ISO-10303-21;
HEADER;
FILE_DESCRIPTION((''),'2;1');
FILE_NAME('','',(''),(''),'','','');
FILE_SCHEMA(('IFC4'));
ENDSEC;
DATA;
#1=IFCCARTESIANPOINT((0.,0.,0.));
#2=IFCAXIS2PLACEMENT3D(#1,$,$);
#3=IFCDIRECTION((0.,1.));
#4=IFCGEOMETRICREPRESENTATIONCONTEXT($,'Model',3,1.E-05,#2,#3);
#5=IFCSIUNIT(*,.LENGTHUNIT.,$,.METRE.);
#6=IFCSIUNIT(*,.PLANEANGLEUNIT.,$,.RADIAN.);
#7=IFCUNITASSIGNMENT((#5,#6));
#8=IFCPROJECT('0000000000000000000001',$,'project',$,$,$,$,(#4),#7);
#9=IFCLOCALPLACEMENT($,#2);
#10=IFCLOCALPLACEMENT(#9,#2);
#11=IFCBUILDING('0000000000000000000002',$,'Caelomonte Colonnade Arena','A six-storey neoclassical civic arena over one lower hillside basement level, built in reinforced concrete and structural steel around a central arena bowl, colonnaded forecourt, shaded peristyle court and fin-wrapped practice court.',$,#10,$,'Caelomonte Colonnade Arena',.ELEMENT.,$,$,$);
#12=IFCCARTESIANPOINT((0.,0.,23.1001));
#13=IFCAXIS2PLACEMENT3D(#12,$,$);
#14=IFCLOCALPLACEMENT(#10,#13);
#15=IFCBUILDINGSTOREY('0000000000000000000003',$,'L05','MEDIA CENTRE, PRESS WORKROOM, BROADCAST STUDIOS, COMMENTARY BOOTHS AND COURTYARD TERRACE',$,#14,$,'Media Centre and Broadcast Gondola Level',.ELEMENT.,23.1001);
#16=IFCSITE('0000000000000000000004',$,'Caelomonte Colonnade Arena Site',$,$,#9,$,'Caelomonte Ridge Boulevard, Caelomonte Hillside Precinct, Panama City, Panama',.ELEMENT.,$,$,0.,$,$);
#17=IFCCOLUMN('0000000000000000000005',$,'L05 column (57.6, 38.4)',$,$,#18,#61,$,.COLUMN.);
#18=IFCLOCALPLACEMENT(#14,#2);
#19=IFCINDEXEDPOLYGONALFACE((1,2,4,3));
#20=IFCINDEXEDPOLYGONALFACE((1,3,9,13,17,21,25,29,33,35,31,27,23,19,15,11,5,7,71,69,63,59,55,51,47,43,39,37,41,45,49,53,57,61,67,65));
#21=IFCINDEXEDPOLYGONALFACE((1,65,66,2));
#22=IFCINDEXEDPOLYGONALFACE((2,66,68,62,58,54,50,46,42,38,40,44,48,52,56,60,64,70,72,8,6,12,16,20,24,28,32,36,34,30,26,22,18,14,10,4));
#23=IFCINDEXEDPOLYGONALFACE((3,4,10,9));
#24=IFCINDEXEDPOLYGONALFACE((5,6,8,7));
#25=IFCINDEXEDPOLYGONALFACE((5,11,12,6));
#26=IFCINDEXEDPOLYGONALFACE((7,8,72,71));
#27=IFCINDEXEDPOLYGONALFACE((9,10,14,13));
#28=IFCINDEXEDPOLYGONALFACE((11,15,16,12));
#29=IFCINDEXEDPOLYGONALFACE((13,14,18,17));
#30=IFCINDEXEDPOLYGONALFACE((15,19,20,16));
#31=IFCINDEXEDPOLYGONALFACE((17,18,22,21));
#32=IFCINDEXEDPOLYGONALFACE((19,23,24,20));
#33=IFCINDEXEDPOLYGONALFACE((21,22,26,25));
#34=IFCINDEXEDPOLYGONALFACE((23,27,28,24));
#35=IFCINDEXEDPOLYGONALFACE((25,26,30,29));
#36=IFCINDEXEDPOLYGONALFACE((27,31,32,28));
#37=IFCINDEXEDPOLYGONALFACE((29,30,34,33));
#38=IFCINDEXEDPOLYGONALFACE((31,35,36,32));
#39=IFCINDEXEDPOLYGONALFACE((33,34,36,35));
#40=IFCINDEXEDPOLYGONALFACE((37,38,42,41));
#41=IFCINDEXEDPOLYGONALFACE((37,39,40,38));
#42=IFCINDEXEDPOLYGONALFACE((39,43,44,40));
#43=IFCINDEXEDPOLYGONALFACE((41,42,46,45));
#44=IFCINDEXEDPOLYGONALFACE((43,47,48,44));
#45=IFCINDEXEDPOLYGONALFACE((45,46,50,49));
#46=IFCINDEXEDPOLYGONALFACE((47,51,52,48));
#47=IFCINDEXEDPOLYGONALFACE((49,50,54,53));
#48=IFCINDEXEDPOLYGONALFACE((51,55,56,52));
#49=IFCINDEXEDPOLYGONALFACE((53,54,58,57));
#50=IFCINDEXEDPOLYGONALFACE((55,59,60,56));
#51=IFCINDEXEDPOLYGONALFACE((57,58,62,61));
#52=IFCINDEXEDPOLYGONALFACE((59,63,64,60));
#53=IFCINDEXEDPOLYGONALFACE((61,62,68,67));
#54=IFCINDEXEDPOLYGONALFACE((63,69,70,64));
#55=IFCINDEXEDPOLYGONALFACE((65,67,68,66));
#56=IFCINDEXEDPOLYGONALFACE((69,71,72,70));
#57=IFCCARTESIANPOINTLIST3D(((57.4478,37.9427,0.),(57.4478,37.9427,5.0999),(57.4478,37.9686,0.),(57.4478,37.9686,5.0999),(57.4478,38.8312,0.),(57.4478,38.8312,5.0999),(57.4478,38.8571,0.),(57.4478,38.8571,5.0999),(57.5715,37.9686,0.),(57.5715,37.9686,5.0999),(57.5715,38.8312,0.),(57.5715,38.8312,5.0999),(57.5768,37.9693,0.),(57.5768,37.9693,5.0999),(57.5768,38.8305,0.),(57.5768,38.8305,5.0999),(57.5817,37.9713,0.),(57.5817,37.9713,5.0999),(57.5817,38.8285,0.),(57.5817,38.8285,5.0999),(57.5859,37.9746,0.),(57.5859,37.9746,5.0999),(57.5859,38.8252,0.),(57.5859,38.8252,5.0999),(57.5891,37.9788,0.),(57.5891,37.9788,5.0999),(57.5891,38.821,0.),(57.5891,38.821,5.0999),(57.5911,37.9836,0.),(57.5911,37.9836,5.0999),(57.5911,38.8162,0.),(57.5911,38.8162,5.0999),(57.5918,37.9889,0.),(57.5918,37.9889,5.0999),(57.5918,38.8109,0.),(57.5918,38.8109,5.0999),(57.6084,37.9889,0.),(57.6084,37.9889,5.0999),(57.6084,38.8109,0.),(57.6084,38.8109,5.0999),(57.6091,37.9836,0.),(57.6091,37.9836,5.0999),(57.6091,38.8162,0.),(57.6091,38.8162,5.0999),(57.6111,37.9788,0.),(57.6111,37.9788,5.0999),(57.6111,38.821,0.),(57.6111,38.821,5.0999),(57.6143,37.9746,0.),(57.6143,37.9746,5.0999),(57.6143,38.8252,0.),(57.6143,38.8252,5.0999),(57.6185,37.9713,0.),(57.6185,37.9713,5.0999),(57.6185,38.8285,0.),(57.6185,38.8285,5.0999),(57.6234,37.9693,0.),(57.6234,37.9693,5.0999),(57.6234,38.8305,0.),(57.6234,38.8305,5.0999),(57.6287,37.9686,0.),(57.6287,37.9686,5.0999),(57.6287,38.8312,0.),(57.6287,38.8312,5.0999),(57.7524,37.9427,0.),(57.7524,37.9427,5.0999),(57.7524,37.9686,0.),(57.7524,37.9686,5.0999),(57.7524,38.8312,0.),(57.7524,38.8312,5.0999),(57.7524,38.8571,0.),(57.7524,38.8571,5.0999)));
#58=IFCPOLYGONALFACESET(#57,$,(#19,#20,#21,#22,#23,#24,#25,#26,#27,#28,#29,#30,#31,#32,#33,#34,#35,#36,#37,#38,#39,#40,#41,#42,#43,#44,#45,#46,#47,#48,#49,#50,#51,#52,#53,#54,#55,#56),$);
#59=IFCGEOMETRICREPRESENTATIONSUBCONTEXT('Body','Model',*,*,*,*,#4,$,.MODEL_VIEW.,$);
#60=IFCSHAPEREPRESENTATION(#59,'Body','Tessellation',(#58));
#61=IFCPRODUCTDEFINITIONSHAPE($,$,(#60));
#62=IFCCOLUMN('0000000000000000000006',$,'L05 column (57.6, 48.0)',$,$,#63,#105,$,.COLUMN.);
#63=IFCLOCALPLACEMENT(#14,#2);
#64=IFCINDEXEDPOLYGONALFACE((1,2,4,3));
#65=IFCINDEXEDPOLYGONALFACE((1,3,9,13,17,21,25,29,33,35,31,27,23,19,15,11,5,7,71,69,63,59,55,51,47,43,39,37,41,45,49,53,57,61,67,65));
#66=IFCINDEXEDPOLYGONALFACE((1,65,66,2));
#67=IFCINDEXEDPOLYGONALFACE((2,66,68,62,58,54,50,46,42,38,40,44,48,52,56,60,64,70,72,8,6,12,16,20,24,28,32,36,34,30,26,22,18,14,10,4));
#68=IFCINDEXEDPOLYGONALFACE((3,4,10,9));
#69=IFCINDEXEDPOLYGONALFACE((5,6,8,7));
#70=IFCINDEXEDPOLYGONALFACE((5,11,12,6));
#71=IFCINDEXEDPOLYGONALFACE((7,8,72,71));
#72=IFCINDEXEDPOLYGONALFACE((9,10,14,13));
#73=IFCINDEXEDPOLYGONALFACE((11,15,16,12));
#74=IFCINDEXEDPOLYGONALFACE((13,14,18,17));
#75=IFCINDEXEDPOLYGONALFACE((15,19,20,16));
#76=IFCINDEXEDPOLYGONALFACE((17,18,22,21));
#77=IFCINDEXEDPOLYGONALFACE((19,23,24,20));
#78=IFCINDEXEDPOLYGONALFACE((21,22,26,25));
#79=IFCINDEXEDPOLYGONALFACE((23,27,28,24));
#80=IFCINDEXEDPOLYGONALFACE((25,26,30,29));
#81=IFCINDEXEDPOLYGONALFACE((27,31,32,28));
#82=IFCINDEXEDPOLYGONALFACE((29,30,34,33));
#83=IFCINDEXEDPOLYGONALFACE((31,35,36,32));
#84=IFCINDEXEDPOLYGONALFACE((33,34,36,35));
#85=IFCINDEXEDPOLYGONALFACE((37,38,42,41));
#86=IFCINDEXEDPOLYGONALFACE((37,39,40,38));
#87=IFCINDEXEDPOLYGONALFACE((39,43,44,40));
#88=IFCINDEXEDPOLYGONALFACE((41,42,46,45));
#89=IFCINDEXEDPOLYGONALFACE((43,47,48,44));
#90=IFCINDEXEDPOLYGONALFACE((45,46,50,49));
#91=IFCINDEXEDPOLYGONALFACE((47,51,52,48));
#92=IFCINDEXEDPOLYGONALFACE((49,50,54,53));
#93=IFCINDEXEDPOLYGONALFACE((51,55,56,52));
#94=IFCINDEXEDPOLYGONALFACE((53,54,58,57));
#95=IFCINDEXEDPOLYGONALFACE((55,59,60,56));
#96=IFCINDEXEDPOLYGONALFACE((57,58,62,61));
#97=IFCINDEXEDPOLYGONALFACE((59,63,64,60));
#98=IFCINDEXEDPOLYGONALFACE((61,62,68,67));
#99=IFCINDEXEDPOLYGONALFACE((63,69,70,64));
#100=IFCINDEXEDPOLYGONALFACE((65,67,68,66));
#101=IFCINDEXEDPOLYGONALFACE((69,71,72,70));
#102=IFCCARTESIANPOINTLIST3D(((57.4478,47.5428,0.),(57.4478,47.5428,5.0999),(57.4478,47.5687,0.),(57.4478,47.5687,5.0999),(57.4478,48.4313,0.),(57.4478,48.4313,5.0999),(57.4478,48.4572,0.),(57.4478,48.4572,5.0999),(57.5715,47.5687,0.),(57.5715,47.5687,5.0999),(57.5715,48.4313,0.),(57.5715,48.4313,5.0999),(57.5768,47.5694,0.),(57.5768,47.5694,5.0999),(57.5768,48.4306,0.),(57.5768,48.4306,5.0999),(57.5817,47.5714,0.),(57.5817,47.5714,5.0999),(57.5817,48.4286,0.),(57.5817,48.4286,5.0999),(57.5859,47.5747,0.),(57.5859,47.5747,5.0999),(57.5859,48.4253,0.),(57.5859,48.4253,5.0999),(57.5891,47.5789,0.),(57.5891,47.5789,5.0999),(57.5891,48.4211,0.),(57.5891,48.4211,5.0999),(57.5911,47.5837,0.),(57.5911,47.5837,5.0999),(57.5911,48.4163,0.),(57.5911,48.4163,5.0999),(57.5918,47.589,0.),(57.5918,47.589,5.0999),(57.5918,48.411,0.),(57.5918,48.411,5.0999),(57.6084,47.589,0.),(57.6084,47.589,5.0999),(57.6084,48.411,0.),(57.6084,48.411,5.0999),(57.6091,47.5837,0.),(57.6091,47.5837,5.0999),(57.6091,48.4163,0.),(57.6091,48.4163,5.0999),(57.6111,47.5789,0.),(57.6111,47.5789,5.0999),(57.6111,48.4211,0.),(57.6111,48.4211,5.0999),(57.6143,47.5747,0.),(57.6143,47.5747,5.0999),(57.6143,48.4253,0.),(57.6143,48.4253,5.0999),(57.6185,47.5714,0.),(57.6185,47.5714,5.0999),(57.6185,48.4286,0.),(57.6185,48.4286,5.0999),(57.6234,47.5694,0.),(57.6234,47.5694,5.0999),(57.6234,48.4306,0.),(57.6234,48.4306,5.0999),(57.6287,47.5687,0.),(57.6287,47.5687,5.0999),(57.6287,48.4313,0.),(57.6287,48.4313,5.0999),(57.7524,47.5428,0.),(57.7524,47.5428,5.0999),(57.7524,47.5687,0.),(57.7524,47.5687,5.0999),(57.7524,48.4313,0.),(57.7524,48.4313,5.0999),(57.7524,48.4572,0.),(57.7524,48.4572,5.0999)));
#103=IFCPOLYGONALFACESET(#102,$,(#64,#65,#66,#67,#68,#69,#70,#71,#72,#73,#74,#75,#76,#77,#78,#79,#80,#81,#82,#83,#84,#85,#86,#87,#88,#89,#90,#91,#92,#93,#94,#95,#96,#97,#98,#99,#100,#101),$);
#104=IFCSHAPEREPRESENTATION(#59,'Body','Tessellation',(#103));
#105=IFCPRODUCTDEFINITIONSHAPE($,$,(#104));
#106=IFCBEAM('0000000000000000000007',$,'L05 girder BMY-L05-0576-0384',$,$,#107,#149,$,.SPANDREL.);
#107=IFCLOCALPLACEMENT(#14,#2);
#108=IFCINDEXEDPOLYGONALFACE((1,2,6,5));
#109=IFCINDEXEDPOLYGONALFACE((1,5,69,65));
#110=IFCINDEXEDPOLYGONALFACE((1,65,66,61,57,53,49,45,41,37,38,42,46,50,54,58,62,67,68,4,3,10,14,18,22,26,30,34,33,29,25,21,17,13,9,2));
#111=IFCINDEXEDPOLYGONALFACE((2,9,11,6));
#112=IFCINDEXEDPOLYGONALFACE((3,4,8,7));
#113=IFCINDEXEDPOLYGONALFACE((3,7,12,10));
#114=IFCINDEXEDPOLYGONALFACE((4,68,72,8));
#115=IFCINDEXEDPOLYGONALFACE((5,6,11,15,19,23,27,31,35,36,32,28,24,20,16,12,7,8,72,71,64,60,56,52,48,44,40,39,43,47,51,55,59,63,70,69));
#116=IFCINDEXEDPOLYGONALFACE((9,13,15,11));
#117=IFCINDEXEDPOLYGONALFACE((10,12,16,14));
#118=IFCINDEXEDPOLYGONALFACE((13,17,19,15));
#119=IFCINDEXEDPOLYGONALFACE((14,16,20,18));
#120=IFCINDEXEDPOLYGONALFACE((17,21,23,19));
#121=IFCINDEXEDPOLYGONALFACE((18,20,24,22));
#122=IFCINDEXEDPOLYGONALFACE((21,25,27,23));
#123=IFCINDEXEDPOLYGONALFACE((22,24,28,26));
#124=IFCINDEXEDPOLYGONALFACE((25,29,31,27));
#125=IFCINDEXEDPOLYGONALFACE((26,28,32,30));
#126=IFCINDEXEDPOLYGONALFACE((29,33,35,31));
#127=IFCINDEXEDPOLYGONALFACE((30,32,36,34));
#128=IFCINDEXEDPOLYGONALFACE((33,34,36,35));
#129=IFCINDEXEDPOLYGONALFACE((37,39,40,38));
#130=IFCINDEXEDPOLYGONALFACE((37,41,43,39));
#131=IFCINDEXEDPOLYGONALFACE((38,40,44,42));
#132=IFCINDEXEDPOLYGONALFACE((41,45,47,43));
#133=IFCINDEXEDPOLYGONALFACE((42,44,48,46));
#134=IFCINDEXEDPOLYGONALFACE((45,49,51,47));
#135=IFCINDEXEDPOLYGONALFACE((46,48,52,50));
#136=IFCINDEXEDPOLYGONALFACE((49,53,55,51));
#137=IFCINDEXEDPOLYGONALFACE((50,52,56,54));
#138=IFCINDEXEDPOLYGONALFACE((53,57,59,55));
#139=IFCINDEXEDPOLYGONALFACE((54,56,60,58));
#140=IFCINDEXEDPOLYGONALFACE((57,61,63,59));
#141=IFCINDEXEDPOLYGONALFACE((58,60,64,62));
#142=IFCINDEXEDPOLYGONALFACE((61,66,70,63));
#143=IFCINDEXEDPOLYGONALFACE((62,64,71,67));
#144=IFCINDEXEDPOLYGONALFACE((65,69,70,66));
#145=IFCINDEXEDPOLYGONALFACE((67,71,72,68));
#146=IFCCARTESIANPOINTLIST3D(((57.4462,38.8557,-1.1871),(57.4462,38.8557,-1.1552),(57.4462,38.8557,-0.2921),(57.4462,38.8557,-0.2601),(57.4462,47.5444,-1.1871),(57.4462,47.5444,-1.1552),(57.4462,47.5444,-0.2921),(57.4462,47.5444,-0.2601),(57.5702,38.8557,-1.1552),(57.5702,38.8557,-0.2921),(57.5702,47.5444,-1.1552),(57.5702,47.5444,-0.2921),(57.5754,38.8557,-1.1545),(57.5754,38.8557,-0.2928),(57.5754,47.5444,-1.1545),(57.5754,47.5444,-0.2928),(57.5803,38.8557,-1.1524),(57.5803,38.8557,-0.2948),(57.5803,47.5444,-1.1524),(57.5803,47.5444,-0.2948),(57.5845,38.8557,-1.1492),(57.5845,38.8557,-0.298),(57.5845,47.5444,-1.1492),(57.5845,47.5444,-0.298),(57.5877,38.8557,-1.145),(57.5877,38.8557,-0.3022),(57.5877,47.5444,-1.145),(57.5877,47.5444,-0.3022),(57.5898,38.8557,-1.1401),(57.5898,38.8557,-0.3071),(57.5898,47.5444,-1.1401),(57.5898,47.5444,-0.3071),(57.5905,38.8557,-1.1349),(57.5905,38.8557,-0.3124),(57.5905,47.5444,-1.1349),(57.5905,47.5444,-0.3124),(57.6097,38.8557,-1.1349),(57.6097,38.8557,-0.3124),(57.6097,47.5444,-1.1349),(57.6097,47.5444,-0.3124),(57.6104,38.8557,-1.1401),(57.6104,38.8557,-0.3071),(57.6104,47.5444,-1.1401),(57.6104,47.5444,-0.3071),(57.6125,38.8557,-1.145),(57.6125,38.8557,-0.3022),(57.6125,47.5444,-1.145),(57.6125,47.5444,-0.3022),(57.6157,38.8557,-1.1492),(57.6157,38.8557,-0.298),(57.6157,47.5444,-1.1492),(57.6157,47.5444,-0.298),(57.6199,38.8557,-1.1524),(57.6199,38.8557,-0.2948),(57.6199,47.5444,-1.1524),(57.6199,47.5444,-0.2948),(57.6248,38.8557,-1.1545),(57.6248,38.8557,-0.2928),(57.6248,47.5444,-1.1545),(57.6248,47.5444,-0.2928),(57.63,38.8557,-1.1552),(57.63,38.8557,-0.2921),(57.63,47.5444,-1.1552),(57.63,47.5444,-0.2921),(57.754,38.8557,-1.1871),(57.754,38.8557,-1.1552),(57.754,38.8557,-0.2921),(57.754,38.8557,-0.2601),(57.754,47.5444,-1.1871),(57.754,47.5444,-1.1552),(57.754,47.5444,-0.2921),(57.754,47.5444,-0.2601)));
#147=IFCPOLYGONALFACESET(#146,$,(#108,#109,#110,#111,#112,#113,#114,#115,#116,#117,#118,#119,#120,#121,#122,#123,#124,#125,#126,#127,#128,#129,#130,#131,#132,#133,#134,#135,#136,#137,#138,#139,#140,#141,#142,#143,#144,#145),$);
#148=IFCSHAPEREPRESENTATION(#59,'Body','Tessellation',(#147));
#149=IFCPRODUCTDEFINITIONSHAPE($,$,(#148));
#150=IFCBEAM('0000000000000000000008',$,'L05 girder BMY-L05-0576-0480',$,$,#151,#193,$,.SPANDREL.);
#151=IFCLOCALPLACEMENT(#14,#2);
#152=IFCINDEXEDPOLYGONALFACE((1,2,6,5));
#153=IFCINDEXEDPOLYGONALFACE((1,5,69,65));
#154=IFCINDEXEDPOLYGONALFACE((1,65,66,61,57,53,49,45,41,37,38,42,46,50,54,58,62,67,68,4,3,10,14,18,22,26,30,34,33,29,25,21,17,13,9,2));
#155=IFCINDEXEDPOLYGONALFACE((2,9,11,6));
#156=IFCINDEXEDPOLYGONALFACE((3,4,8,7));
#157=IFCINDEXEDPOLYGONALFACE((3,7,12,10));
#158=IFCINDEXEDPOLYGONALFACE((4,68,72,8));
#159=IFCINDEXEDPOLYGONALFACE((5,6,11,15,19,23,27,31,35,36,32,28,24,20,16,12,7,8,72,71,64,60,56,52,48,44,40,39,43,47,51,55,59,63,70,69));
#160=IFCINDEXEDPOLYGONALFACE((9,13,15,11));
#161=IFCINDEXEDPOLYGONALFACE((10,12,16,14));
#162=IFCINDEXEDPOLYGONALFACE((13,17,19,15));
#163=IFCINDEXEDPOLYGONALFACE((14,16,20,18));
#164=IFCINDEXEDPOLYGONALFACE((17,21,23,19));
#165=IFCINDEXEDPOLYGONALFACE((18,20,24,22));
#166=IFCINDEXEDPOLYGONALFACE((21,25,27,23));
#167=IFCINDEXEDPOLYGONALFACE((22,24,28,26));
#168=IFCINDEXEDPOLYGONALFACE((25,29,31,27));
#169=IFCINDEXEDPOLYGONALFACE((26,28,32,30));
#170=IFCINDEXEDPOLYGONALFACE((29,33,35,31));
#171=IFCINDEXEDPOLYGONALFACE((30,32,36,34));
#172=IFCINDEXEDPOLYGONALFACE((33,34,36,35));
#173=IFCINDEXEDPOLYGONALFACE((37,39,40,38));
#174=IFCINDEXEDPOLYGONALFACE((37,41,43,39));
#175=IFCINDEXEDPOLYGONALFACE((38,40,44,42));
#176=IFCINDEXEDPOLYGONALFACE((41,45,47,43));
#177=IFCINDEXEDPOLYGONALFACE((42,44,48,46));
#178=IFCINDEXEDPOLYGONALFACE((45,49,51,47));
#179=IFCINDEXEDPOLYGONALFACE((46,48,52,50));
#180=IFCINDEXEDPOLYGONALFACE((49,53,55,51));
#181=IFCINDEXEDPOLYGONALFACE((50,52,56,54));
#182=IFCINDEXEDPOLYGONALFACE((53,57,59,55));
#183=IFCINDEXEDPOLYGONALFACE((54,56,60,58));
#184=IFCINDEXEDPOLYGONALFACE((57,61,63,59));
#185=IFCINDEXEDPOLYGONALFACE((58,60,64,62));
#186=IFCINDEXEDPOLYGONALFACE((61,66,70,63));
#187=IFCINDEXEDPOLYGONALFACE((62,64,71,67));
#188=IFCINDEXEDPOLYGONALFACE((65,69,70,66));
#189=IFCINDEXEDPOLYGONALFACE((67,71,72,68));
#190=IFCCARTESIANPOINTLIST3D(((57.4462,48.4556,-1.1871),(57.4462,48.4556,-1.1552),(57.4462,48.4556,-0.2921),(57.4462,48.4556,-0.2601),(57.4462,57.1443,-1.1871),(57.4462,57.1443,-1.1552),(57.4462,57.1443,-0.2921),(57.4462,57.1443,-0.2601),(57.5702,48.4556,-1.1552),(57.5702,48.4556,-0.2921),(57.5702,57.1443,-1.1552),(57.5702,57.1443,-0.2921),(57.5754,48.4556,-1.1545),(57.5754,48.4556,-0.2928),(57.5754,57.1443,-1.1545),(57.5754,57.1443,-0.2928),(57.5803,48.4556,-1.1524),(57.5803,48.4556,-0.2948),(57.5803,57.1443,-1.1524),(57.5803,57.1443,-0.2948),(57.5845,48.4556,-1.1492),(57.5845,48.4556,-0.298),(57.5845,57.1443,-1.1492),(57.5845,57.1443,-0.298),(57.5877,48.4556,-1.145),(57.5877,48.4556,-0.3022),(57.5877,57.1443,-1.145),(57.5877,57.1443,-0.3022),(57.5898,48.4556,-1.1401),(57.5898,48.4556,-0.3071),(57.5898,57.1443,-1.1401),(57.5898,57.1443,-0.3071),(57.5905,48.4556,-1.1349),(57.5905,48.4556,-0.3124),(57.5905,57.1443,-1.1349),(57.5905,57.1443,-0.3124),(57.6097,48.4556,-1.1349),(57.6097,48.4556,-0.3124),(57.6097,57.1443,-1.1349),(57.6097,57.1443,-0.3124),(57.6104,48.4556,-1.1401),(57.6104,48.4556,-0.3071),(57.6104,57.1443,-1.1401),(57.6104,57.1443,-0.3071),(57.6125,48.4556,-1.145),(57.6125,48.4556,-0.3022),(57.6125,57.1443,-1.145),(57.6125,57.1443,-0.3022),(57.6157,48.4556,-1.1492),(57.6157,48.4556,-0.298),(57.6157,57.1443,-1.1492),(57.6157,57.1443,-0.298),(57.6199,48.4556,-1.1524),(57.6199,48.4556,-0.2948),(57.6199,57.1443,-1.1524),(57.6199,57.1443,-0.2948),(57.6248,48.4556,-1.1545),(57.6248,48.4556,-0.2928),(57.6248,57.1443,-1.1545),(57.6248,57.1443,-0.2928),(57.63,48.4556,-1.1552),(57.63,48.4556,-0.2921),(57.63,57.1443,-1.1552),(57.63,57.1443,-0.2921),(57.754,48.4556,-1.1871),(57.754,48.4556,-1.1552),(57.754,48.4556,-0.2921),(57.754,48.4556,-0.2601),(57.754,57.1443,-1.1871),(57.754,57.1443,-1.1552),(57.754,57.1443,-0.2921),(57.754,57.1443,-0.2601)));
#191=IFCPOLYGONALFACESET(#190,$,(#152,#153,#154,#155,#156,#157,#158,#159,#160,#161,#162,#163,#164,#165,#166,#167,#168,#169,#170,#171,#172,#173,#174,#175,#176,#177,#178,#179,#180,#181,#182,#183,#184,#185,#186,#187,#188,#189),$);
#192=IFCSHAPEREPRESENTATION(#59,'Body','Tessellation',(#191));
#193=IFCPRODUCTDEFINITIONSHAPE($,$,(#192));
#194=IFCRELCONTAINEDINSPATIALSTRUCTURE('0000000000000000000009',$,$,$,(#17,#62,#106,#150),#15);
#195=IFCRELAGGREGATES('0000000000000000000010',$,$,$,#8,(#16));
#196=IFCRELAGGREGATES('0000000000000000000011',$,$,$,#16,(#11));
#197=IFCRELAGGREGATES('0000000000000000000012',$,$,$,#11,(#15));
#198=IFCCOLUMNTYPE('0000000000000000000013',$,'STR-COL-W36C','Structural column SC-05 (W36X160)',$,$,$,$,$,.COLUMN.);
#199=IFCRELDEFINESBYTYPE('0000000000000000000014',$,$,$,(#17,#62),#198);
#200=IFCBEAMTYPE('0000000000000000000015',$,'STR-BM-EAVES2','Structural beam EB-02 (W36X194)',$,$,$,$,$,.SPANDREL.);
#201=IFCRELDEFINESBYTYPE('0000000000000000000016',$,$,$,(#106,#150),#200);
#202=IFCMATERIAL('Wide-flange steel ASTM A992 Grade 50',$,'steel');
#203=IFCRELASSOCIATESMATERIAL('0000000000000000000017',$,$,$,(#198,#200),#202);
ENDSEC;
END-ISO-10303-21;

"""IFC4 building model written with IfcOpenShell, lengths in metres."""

from ifc_helpers import new_model, si_unit, direction, frame, origin, origin_2d, place, context, subcontext, project, spatial, i_section, extrude, material, material_profile, profile_set, type_object, element, save


model = new_model("IFC4")

# Units and contexts
model_context = context("Model", 3, precision=1e-05, world=origin(), true_north=direction((0.0, 1.0)))
body_context = subcontext(model_context, "Body", "Model", "MODEL_VIEW")
ifc_project = project(units=[si_unit("LENGTHUNIT", "METRE"), si_unit("PLANEANGLEUNIT", "RADIAN")], contexts=[model_context])

# Site, building, storey
site_placement = place(None, origin())
site = spatial("IfcSite", under=ifc_project, at=site_placement, Name="Caelomonte Colonnade Arena Site", LongName="Caelomonte Ridge Boulevard, Caelomonte Hillside Precinct, Panama City, Panama", CompositionType="ELEMENT", RefElevation=0.0)
building_placement = place(site_placement, origin())
building = spatial("IfcBuilding", under=site, at=building_placement, Name="Caelomonte Colonnade Arena", Description="A six-storey neoclassical civic arena over one lower hillside basement level, built in reinforced concrete and structural steel around a central arena bowl, colonnaded forecourt, shaded peristyle court and fin-wrapped practice court.", LongName="Caelomonte Colonnade Arena", CompositionType="ELEMENT")
storey_placement = place(building_placement, frame((0.0, 0.0, 23.1001)))
storey = spatial("IfcBuildingStorey", under=building, at=storey_placement, Name="L05", Description="MEDIA CENTRE, PRESS WORKROOM, BROADCAST STUDIOS, COMMENTARY BOOTHS AND COURTYARD TERRACE", LongName="Media Centre and Broadcast Gondola Level", CompositionType="ELEMENT", Elevation=23.1001)

# Columns
ifc_material_1 = material(Name="Wide-flange steel ASTM A992 Grade 50", Category="steel")
ifc_material_profile_1 = material_profile(ifc_material_1, i_section(OverallWidth=0.3047, OverallDepth=0.9143, WebThickness=0.0166, FlangeThickness=0.0259, FilletRadius=0.0203, at=origin_2d()), Name="W36X160")
ifc_profile_set_1 = profile_set([ifc_material_profile_1], Name="Wide-flange steel ASTM A992 Grade 50")
column_type = type_object("IfcColumnType", Name="STR-COL-W36C", Description="Structural column SC-05 (W36X160)", PredefinedType="COLUMN", material=ifc_profile_set_1)
for number, where, z_axis, x_axis, name in (
    (1, (57.6001, 38.3999, 0.0), (0.0, 0.0, 1.0), (1.0, 0.0, 0.0), "L05 column (57.6, 38.4)"),
    (2, (57.6001, 48.0, 0.0), (0.0, 0.0, 1.0), (1.0, 0.0, 0.0), "L05 column (57.6, 48.0)"),
):
    element("IfcColumn", number, at=place(storey_placement, frame(where, z_axis=z_axis, x_axis=x_axis)), inside=storey, type_object=column_type, Name=name, PredefinedType="COLUMN", context=body_context, shape_type="SweptSolid", body=[
        extrude(i_section(OverallWidth=0.3047, OverallDepth=0.9143, WebThickness=0.0166, FlangeThickness=0.0259, FilletRadius=0.0203, at=origin_2d()), origin(), (0.0, 0.0, 1.0), 5.0999),
    ])

# Beams
ifc_material_profile_2 = material_profile(ifc_material_1, i_section(OverallWidth=0.3079, OverallDepth=0.927, WebThickness=0.0193, FlangeThickness=0.032, FilletRadius=0.0203, at=origin_2d()), Name="W36X194")
ifc_profile_set_2 = profile_set([ifc_material_profile_2], Name="Wide-flange steel ASTM A992 Grade 50")
beam_type_1 = type_object("IfcBeamType", Name="STR-BM-EAVES2", Description="Structural beam EB-02 (W36X194)", PredefinedType="SPANDREL", material=ifc_profile_set_2)
for number, where, z_axis, x_axis, name in (
    (3, (57.6001, 38.8557, -0.7236), (0.0, 1.0, 0.0), (-1.0, 0.0, 0.0), "L05 girder BMY-L05-0576-0384"),
    (4, (57.6001, 48.4556, -0.7236), (0.0, 1.0, 0.0), (-1.0, 0.0, 0.0), "L05 girder BMY-L05-0576-0480"),
):
    element("IfcBeam", number, at=place(storey_placement, frame(where, z_axis=z_axis, x_axis=x_axis)), inside=storey, type_object=beam_type_1, Name=name, PredefinedType="SPANDREL", context=body_context, shape_type="SweptSolid", body=[
        extrude(i_section(OverallWidth=0.3079, OverallDepth=0.927, WebThickness=0.0193, FlangeThickness=0.032, FilletRadius=0.0203, at=origin_2d()), origin(), (0.0, 0.0, 1.0), 8.6887),
    ])

save(model, "model.ifc")
